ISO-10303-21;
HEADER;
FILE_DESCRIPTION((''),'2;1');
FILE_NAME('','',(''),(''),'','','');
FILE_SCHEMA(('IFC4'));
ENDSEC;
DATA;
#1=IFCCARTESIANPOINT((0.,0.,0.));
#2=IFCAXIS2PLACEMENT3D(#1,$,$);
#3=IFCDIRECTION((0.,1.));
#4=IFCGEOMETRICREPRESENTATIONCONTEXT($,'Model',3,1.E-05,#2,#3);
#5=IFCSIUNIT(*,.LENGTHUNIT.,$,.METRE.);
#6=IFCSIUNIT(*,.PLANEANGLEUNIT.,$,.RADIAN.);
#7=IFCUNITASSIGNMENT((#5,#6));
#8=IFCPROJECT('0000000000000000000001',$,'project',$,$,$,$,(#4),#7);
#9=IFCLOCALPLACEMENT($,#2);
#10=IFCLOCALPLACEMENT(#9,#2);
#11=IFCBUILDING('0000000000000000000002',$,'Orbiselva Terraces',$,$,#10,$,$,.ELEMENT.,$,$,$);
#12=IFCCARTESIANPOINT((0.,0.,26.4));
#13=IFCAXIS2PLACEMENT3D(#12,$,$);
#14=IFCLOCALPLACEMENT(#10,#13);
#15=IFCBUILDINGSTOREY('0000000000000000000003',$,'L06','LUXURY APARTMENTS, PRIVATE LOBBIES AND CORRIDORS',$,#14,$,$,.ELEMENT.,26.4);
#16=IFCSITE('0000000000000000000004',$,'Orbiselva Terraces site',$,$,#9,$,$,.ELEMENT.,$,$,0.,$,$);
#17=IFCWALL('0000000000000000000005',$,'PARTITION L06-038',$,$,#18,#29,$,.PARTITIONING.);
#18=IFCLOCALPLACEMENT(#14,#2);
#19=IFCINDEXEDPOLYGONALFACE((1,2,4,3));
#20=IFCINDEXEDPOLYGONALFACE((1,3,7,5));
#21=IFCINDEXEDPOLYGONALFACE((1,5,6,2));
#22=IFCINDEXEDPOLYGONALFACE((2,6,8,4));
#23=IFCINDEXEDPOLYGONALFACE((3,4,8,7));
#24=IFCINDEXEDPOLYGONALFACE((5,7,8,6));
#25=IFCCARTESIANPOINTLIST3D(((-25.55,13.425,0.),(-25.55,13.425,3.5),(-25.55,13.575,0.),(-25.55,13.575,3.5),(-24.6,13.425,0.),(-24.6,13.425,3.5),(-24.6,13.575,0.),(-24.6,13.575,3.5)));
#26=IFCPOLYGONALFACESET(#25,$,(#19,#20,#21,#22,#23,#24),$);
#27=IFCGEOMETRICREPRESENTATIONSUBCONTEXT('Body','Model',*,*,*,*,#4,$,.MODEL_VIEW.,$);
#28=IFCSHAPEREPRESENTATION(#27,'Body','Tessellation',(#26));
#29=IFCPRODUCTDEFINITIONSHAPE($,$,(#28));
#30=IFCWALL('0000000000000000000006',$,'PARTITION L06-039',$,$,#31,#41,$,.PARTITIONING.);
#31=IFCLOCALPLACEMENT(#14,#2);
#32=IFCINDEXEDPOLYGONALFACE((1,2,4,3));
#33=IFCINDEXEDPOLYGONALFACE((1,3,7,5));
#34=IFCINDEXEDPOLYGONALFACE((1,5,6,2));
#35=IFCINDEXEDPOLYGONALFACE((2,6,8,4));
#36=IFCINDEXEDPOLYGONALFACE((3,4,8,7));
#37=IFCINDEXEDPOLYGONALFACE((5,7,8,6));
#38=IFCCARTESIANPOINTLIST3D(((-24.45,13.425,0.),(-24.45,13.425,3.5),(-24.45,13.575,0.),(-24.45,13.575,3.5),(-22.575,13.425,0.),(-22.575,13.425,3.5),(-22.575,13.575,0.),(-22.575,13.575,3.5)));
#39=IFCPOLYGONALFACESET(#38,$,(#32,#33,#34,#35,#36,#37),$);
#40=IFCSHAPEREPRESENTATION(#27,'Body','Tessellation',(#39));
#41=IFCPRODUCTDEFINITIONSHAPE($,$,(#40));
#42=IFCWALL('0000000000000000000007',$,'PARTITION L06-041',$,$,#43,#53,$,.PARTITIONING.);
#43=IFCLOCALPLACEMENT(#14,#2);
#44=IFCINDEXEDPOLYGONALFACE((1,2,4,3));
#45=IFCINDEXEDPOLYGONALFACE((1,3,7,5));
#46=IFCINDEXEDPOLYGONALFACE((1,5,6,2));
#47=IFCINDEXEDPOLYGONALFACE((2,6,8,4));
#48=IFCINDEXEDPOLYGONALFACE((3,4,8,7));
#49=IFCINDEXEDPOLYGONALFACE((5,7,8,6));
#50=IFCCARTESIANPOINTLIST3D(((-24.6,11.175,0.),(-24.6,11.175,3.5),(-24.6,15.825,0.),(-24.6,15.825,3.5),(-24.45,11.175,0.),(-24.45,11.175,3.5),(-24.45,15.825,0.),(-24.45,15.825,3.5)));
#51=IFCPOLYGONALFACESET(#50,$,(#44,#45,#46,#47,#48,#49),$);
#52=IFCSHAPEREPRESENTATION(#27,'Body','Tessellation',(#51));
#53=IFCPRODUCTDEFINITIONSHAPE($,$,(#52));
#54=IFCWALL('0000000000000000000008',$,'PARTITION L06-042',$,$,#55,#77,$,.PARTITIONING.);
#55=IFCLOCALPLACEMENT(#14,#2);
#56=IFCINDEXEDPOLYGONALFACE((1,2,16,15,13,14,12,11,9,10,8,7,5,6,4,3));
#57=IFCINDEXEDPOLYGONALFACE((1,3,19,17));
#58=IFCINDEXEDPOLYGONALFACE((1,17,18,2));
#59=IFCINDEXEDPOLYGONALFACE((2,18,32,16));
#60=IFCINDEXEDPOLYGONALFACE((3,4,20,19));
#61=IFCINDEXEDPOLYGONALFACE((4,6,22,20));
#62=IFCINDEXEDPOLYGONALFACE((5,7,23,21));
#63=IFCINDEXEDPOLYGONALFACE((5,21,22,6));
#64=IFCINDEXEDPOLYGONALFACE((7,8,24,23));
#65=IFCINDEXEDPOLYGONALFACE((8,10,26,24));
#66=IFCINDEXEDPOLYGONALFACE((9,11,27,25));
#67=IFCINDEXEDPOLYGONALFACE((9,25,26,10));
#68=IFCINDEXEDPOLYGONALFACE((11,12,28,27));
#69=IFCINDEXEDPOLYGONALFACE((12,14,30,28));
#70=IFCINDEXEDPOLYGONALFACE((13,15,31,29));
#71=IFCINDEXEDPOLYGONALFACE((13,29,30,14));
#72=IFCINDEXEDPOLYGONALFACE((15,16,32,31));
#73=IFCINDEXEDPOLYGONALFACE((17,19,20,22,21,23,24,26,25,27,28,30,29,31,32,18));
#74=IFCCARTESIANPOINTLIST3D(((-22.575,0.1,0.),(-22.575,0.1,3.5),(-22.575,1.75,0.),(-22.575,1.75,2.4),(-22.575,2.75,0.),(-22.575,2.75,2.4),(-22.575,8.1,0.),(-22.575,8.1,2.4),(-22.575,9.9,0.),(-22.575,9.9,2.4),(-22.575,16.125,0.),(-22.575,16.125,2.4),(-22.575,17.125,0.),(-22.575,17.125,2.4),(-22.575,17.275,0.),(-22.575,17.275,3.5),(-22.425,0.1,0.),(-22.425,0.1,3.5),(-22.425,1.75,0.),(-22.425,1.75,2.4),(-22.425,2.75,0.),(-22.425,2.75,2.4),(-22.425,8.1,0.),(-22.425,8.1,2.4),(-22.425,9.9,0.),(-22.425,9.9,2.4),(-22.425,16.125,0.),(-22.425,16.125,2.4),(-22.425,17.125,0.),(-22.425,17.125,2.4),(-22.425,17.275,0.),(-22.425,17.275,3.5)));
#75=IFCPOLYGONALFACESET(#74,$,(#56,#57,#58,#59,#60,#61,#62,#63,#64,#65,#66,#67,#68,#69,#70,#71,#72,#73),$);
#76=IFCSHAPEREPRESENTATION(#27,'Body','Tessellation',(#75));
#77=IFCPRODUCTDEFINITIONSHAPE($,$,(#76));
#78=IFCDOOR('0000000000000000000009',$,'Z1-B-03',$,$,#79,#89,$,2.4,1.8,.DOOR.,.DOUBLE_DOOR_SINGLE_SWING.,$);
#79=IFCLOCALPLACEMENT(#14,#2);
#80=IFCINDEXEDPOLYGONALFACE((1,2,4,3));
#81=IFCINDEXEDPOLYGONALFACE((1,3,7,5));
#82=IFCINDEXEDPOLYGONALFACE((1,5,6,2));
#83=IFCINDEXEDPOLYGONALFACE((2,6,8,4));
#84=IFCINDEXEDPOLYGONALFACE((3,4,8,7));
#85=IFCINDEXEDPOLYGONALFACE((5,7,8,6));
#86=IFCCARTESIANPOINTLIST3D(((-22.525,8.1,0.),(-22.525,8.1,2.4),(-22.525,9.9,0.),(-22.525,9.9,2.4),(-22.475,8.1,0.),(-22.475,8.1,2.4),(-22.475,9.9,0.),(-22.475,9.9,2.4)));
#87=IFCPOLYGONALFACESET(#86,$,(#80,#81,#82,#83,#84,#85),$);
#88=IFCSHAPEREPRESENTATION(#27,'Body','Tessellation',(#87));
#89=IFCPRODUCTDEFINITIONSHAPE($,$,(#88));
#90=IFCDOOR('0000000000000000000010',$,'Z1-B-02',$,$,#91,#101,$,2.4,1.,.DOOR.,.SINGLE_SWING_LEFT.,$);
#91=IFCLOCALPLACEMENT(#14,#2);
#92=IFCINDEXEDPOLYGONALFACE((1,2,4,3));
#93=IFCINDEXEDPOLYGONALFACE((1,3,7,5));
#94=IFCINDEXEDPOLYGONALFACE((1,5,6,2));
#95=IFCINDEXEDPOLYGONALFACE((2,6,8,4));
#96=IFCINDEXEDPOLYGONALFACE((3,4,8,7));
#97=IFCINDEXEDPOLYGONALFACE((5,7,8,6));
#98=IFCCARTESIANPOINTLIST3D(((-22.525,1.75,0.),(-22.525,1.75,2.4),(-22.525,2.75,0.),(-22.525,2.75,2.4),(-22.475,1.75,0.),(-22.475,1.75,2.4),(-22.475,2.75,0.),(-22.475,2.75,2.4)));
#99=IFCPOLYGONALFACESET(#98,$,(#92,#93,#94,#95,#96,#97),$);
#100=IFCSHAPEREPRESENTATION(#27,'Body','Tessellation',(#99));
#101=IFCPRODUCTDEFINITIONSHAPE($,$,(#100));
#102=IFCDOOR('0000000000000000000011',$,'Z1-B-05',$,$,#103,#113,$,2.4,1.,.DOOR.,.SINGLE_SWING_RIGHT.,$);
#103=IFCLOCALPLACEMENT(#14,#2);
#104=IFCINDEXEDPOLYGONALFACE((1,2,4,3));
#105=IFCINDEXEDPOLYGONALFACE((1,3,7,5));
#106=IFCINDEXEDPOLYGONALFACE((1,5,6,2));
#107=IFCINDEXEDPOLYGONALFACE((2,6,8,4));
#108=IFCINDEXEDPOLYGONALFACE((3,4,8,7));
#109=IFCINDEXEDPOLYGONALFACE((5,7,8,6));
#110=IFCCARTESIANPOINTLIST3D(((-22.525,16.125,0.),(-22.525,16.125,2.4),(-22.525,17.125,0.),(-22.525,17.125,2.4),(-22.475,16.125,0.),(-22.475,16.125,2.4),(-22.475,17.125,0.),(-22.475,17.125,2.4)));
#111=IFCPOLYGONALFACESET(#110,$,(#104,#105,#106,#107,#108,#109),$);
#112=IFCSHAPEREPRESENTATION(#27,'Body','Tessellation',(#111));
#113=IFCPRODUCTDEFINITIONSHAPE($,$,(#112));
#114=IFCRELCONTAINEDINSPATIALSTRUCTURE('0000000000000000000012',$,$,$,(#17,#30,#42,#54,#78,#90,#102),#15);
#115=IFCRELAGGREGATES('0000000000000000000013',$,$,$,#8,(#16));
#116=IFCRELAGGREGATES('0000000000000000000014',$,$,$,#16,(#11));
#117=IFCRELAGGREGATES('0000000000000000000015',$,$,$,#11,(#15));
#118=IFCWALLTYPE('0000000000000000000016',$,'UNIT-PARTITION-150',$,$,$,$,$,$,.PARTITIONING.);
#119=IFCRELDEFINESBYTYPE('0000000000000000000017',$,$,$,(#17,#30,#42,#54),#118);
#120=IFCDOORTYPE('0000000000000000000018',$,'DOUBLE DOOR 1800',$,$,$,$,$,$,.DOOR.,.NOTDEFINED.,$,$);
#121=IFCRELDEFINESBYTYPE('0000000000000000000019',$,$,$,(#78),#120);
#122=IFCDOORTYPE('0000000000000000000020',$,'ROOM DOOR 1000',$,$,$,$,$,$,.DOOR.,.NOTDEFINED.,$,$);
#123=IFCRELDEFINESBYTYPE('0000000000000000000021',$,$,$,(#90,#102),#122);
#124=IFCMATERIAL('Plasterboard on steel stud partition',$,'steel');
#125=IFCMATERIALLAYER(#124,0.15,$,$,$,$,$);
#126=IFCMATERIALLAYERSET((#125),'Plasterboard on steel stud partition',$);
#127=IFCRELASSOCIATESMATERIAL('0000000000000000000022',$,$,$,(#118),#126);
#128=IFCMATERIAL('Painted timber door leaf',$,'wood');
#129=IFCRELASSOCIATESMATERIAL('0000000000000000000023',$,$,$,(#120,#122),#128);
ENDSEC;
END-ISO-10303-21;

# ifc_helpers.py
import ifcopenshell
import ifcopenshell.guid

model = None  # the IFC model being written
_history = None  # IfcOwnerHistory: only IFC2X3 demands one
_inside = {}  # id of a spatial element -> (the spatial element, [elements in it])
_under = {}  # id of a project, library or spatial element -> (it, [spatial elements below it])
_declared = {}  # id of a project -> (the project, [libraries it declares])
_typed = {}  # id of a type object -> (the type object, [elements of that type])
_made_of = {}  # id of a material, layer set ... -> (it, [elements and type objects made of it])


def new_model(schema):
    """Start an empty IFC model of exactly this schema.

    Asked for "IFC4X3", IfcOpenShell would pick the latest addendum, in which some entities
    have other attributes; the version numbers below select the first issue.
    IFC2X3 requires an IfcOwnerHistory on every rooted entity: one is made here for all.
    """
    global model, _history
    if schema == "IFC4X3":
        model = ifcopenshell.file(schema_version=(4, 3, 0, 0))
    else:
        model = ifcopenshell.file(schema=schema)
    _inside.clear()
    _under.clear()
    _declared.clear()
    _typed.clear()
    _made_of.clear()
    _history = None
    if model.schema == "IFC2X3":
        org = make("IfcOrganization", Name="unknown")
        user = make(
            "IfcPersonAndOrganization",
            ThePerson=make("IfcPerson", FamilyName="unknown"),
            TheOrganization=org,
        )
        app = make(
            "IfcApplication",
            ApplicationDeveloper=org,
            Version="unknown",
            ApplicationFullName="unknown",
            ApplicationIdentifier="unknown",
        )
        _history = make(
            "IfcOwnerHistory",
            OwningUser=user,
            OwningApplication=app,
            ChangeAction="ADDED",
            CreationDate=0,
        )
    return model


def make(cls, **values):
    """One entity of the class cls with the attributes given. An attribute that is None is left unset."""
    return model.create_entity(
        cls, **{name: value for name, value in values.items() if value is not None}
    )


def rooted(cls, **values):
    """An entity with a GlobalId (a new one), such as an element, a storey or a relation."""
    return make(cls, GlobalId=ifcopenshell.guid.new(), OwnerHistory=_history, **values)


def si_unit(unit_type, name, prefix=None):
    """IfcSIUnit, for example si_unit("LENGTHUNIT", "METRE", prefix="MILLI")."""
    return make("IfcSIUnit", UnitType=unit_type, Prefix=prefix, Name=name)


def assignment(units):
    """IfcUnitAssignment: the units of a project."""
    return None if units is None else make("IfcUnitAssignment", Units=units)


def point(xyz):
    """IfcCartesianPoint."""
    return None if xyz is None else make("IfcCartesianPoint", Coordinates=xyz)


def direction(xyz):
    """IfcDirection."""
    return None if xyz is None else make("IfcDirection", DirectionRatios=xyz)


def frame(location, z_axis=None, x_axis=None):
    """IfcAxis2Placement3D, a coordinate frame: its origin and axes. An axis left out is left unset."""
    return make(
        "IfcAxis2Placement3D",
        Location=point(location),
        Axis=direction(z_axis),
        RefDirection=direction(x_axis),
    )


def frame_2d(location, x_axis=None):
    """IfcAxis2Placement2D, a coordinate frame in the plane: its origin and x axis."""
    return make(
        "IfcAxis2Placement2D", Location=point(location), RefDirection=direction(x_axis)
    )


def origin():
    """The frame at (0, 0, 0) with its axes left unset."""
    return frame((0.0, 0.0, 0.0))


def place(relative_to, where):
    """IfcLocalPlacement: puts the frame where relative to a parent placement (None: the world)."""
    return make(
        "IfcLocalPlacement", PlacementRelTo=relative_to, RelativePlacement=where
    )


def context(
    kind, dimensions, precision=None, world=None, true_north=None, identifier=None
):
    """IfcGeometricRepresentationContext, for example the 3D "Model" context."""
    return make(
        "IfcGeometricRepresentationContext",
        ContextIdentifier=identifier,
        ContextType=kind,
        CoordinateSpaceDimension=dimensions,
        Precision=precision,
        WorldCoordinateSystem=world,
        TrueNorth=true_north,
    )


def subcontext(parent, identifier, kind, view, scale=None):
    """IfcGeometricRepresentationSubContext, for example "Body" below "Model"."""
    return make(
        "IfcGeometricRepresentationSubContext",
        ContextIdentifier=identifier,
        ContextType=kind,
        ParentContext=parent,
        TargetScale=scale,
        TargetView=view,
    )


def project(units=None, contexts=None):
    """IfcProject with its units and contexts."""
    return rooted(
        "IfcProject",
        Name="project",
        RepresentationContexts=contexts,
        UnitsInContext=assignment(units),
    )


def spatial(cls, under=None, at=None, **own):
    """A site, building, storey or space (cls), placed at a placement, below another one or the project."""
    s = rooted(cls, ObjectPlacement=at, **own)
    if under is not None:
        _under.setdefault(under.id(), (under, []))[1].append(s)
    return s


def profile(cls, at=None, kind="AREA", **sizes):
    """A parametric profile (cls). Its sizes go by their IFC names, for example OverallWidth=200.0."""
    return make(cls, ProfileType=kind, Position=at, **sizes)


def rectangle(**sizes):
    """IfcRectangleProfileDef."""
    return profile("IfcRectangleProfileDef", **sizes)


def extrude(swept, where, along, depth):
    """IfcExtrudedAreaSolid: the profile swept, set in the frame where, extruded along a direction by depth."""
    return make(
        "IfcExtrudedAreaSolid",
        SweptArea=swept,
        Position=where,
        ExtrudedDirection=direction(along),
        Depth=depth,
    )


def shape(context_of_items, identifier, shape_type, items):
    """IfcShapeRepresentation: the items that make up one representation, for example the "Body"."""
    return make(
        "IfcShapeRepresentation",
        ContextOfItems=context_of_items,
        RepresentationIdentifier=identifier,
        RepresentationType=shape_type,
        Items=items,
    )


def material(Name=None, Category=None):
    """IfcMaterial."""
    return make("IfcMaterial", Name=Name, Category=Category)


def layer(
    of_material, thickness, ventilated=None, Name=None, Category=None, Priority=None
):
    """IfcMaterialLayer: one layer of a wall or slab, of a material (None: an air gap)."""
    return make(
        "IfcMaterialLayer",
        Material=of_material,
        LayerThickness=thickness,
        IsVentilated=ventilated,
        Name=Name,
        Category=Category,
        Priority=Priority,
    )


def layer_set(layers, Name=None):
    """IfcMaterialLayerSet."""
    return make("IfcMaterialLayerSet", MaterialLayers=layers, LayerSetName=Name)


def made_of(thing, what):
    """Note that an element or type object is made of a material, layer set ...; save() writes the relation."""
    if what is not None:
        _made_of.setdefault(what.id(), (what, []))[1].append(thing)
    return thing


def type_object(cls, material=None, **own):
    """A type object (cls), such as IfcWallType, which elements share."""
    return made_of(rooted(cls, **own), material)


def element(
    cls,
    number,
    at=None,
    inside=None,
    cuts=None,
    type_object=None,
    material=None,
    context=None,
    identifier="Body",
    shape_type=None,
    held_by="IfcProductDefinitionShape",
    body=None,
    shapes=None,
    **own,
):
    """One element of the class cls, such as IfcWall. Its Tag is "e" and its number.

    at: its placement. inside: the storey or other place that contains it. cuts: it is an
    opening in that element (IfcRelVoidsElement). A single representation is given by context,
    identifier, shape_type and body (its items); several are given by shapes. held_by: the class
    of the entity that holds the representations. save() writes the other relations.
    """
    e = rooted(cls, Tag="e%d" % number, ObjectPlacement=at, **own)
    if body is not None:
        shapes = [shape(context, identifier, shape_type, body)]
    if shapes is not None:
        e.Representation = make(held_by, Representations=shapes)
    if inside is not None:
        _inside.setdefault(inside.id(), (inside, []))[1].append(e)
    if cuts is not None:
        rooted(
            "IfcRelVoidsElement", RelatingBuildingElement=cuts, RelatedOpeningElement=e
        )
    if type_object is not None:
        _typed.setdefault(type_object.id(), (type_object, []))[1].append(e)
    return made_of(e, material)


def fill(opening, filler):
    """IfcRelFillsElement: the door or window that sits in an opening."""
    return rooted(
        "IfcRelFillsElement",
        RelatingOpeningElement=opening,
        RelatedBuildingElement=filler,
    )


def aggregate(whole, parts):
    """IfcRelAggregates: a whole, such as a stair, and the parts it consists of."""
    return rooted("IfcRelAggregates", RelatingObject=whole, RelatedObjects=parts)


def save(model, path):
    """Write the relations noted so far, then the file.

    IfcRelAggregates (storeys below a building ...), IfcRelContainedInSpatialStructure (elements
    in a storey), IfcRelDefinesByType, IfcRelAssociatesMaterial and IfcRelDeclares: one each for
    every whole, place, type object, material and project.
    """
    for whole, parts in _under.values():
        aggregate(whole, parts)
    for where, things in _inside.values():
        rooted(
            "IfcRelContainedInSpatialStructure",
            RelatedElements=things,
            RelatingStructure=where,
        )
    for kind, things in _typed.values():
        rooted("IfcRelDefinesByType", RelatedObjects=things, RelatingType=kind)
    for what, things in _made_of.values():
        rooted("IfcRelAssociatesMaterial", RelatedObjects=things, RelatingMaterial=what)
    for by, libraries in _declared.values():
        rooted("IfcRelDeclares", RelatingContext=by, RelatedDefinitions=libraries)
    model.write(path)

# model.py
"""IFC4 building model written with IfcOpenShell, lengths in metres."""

from ifc_helpers import new_model, si_unit, direction, frame, frame_2d, origin, place, context, subcontext, project, spatial, rectangle, extrude, material, layer, layer_set, type_object, element, fill, save


model = new_model("IFC4")

# Units and contexts
model_context = context("Model", 3, precision=1e-05, world=origin(), true_north=direction((0.0, 1.0)))
body_context = subcontext(model_context, "Body", "Model", "MODEL_VIEW")
ifc_project = project(units=[si_unit("LENGTHUNIT", "METRE"), si_unit("PLANEANGLEUNIT", "RADIAN")], contexts=[model_context])

# Site, building, storey
site_placement = place(None, origin())
site = spatial("IfcSite", under=ifc_project, at=site_placement, Name="Orbiselva Terraces site", CompositionType="ELEMENT", RefElevation=0.0)
building_placement = place(site_placement, origin())
building = spatial("IfcBuilding", under=site, at=building_placement, Name="Orbiselva Terraces", CompositionType="ELEMENT")
storey_placement = place(building_placement, frame((0.0, 0.0, 26.4)))
storey = spatial("IfcBuildingStorey", under=building, at=storey_placement, Name="L06", Description="LUXURY APARTMENTS, PRIVATE LOBBIES AND CORRIDORS", CompositionType="ELEMENT", Elevation=26.4)

# Shared definitions
ifc_material_1 = material(Name="Plasterboard on steel stud partition", Category="steel")
ifc_material_2 = material(Name="Painted timber door leaf", Category="wood")

# Shared definitions
ifc_layer_1 = layer(ifc_material_1, 0.15)
ifc_layer_set_1 = layer_set([ifc_layer_1], Name="Plasterboard on steel stud partition")
wall_type_1 = type_object("IfcWallType", Name="UNIT-PARTITION-150", PredefinedType="PARTITIONING", material=ifc_layer_set_1)

# Walls
wall_1_placement = place(storey_placement, frame((-25.55, 13.5, 0.0), z_axis=(0.0, 0.0, 1.0), x_axis=(1.0, 0.0, 0.0)))
element("IfcWall", 1, at=wall_1_placement, inside=storey, type_object=wall_type_1, Name="PARTITION L06-038", PredefinedType="PARTITIONING", context=body_context, shape_type="SweptSolid", body=[
    extrude(rectangle(XDim=0.95, YDim=0.15, at=frame_2d((0.475, 0.0))), origin(), (0.0, 0.0, 1.0), 3.5),
])
wall_2_placement = place(storey_placement, frame((-24.45, 13.5, 0.0), z_axis=(0.0, 0.0, 1.0), x_axis=(1.0, 0.0, 0.0)))
element("IfcWall", 2, at=wall_2_placement, inside=storey, type_object=wall_type_1, Name="PARTITION L06-039", PredefinedType="PARTITIONING", context=body_context, shape_type="SweptSolid", body=[
    extrude(rectangle(XDim=1.875, YDim=0.15, at=frame_2d((0.9375, 0.0))), origin(), (0.0, 0.0, 1.0), 3.5),
])
wall_3_placement = place(storey_placement, frame((-24.525, 11.175, 0.0), z_axis=(0.0, 0.0, 1.0), x_axis=(0.0, 1.0, 0.0)))
element("IfcWall", 3, at=wall_3_placement, inside=storey, type_object=wall_type_1, Name="PARTITION L06-041", PredefinedType="PARTITIONING", context=body_context, shape_type="SweptSolid", body=[
    extrude(rectangle(XDim=4.65, YDim=0.15, at=frame_2d((2.325, 0.0))), origin(), (0.0, 0.0, 1.0), 3.5),
])

# Wall, openings, doors
wall_4_placement = place(storey_placement, frame((-22.5, 0.1, 0.0), z_axis=(0.0, 0.0, 1.0), x_axis=(0.0, 1.0, 0.0)))
wall_4 = element("IfcWall", 4, at=wall_4_placement, inside=storey, type_object=wall_type_1, Name="PARTITION L06-042", PredefinedType="PARTITIONING", context=body_context, shape_type="SweptSolid", body=[
    extrude(rectangle(XDim=17.175, YDim=0.15, at=frame_2d((8.5875, 0.0))), origin(), (0.0, 0.0, 1.0), 3.5),
])
opening_1_placement = place(wall_4_placement, frame((1.65, 0.0, 0.0)))
opening_1 = element("IfcOpeningElement", 5, at=opening_1_placement, cuts=wall_4, PredefinedType="OPENING", context=body_context, shape_type="SweptSolid", body=[
    extrude(rectangle(XDim=1.0, YDim=2.4, at=frame_2d((0.5, 1.2))), frame((0.0, 0.085, 0.0), z_axis=(0.0, -1.0, 0.0), x_axis=(1.0, 0.0, 0.0)), (0.0, 0.0, 1.0), 0.17),
])
opening_2_placement = place(wall_4_placement, frame((8.0, 0.0, 0.0)))
opening_2 = element("IfcOpeningElement", 6, at=opening_2_placement, cuts=wall_4, PredefinedType="OPENING", context=body_context, shape_type="SweptSolid", body=[
    extrude(rectangle(XDim=1.8, YDim=2.4, at=frame_2d((0.9, 1.2))), frame((0.0, 0.085, 0.0), z_axis=(0.0, -1.0, 0.0), x_axis=(1.0, 0.0, 0.0)), (0.0, 0.0, 1.0), 0.17),
])
opening_3_placement = place(wall_4_placement, frame((16.025, 0.0, 0.0)))
opening_3 = element("IfcOpeningElement", 7, at=opening_3_placement, cuts=wall_4, PredefinedType="OPENING", context=body_context, shape_type="SweptSolid", body=[
    extrude(rectangle(XDim=1.0, YDim=2.4, at=frame_2d((0.5, 1.2))), frame((0.0, 0.085, 0.0), z_axis=(0.0, -1.0, 0.0), x_axis=(1.0, 0.0, 0.0)), (0.0, 0.0, 1.0), 0.17),
])
door_type_1 = type_object("IfcDoorType", Name="DOUBLE DOOR 1800", OperationType="NOTDEFINED", PredefinedType="DOOR", material=ifc_material_2)
door_1_placement = place(opening_2_placement, origin())
door_1 = element("IfcDoor", 8, at=door_1_placement, inside=storey, type_object=door_type_1, Name="Z1-B-03", OperationType="DOUBLE_DOOR_SINGLE_SWING", OverallHeight=2.4, OverallWidth=1.8, PredefinedType="DOOR", context=body_context, shape_type="SweptSolid", body=[
    extrude(rectangle(XDim=1.8, YDim=2.4, at=frame_2d((0.9, 1.2))), frame((0.0, 0.025, 0.0), z_axis=(0.0, -1.0, 0.0), x_axis=(1.0, 0.0, 0.0)), (0.0, 0.0, 1.0), 0.05),
])
fill(opening_2, door_1)
door_type_2 = type_object("IfcDoorType", Name="ROOM DOOR 1000", OperationType="NOTDEFINED", PredefinedType="DOOR", material=ifc_material_2)
door_2_placement = place(opening_1_placement, origin())
door_2 = element("IfcDoor", 9, at=door_2_placement, inside=storey, type_object=door_type_2, Name="Z1-B-02", OperationType="SINGLE_SWING_LEFT", OverallHeight=2.4, OverallWidth=1.0, PredefinedType="DOOR", context=body_context, shape_type="SweptSolid", body=[
    extrude(rectangle(XDim=1.0, YDim=2.4, at=frame_2d((0.5, 1.2))), frame((0.0, 0.025, 0.0), z_axis=(0.0, -1.0, 0.0), x_axis=(1.0, 0.0, 0.0)), (0.0, 0.0, 1.0), 0.05),
])
fill(opening_1, door_2)
door_3_placement = place(opening_3_placement, origin())
door_3 = element("IfcDoor", 10, at=door_3_placement, inside=storey, type_object=door_type_2, Name="Z1-B-05", OperationType="SINGLE_SWING_RIGHT", OverallHeight=2.4, OverallWidth=1.0, PredefinedType="DOOR", context=body_context, shape_type="SweptSolid", body=[
    extrude(rectangle(XDim=1.0, YDim=2.4, at=frame_2d((0.5, 1.2))), frame((0.0, 0.025, 0.0), z_axis=(0.0, -1.0, 0.0), x_axis=(1.0, 0.0, 0.0)), (0.0, 0.0, 1.0), 0.05),
])
fill(opening_3, door_3)

save(model, "model.ifc")
